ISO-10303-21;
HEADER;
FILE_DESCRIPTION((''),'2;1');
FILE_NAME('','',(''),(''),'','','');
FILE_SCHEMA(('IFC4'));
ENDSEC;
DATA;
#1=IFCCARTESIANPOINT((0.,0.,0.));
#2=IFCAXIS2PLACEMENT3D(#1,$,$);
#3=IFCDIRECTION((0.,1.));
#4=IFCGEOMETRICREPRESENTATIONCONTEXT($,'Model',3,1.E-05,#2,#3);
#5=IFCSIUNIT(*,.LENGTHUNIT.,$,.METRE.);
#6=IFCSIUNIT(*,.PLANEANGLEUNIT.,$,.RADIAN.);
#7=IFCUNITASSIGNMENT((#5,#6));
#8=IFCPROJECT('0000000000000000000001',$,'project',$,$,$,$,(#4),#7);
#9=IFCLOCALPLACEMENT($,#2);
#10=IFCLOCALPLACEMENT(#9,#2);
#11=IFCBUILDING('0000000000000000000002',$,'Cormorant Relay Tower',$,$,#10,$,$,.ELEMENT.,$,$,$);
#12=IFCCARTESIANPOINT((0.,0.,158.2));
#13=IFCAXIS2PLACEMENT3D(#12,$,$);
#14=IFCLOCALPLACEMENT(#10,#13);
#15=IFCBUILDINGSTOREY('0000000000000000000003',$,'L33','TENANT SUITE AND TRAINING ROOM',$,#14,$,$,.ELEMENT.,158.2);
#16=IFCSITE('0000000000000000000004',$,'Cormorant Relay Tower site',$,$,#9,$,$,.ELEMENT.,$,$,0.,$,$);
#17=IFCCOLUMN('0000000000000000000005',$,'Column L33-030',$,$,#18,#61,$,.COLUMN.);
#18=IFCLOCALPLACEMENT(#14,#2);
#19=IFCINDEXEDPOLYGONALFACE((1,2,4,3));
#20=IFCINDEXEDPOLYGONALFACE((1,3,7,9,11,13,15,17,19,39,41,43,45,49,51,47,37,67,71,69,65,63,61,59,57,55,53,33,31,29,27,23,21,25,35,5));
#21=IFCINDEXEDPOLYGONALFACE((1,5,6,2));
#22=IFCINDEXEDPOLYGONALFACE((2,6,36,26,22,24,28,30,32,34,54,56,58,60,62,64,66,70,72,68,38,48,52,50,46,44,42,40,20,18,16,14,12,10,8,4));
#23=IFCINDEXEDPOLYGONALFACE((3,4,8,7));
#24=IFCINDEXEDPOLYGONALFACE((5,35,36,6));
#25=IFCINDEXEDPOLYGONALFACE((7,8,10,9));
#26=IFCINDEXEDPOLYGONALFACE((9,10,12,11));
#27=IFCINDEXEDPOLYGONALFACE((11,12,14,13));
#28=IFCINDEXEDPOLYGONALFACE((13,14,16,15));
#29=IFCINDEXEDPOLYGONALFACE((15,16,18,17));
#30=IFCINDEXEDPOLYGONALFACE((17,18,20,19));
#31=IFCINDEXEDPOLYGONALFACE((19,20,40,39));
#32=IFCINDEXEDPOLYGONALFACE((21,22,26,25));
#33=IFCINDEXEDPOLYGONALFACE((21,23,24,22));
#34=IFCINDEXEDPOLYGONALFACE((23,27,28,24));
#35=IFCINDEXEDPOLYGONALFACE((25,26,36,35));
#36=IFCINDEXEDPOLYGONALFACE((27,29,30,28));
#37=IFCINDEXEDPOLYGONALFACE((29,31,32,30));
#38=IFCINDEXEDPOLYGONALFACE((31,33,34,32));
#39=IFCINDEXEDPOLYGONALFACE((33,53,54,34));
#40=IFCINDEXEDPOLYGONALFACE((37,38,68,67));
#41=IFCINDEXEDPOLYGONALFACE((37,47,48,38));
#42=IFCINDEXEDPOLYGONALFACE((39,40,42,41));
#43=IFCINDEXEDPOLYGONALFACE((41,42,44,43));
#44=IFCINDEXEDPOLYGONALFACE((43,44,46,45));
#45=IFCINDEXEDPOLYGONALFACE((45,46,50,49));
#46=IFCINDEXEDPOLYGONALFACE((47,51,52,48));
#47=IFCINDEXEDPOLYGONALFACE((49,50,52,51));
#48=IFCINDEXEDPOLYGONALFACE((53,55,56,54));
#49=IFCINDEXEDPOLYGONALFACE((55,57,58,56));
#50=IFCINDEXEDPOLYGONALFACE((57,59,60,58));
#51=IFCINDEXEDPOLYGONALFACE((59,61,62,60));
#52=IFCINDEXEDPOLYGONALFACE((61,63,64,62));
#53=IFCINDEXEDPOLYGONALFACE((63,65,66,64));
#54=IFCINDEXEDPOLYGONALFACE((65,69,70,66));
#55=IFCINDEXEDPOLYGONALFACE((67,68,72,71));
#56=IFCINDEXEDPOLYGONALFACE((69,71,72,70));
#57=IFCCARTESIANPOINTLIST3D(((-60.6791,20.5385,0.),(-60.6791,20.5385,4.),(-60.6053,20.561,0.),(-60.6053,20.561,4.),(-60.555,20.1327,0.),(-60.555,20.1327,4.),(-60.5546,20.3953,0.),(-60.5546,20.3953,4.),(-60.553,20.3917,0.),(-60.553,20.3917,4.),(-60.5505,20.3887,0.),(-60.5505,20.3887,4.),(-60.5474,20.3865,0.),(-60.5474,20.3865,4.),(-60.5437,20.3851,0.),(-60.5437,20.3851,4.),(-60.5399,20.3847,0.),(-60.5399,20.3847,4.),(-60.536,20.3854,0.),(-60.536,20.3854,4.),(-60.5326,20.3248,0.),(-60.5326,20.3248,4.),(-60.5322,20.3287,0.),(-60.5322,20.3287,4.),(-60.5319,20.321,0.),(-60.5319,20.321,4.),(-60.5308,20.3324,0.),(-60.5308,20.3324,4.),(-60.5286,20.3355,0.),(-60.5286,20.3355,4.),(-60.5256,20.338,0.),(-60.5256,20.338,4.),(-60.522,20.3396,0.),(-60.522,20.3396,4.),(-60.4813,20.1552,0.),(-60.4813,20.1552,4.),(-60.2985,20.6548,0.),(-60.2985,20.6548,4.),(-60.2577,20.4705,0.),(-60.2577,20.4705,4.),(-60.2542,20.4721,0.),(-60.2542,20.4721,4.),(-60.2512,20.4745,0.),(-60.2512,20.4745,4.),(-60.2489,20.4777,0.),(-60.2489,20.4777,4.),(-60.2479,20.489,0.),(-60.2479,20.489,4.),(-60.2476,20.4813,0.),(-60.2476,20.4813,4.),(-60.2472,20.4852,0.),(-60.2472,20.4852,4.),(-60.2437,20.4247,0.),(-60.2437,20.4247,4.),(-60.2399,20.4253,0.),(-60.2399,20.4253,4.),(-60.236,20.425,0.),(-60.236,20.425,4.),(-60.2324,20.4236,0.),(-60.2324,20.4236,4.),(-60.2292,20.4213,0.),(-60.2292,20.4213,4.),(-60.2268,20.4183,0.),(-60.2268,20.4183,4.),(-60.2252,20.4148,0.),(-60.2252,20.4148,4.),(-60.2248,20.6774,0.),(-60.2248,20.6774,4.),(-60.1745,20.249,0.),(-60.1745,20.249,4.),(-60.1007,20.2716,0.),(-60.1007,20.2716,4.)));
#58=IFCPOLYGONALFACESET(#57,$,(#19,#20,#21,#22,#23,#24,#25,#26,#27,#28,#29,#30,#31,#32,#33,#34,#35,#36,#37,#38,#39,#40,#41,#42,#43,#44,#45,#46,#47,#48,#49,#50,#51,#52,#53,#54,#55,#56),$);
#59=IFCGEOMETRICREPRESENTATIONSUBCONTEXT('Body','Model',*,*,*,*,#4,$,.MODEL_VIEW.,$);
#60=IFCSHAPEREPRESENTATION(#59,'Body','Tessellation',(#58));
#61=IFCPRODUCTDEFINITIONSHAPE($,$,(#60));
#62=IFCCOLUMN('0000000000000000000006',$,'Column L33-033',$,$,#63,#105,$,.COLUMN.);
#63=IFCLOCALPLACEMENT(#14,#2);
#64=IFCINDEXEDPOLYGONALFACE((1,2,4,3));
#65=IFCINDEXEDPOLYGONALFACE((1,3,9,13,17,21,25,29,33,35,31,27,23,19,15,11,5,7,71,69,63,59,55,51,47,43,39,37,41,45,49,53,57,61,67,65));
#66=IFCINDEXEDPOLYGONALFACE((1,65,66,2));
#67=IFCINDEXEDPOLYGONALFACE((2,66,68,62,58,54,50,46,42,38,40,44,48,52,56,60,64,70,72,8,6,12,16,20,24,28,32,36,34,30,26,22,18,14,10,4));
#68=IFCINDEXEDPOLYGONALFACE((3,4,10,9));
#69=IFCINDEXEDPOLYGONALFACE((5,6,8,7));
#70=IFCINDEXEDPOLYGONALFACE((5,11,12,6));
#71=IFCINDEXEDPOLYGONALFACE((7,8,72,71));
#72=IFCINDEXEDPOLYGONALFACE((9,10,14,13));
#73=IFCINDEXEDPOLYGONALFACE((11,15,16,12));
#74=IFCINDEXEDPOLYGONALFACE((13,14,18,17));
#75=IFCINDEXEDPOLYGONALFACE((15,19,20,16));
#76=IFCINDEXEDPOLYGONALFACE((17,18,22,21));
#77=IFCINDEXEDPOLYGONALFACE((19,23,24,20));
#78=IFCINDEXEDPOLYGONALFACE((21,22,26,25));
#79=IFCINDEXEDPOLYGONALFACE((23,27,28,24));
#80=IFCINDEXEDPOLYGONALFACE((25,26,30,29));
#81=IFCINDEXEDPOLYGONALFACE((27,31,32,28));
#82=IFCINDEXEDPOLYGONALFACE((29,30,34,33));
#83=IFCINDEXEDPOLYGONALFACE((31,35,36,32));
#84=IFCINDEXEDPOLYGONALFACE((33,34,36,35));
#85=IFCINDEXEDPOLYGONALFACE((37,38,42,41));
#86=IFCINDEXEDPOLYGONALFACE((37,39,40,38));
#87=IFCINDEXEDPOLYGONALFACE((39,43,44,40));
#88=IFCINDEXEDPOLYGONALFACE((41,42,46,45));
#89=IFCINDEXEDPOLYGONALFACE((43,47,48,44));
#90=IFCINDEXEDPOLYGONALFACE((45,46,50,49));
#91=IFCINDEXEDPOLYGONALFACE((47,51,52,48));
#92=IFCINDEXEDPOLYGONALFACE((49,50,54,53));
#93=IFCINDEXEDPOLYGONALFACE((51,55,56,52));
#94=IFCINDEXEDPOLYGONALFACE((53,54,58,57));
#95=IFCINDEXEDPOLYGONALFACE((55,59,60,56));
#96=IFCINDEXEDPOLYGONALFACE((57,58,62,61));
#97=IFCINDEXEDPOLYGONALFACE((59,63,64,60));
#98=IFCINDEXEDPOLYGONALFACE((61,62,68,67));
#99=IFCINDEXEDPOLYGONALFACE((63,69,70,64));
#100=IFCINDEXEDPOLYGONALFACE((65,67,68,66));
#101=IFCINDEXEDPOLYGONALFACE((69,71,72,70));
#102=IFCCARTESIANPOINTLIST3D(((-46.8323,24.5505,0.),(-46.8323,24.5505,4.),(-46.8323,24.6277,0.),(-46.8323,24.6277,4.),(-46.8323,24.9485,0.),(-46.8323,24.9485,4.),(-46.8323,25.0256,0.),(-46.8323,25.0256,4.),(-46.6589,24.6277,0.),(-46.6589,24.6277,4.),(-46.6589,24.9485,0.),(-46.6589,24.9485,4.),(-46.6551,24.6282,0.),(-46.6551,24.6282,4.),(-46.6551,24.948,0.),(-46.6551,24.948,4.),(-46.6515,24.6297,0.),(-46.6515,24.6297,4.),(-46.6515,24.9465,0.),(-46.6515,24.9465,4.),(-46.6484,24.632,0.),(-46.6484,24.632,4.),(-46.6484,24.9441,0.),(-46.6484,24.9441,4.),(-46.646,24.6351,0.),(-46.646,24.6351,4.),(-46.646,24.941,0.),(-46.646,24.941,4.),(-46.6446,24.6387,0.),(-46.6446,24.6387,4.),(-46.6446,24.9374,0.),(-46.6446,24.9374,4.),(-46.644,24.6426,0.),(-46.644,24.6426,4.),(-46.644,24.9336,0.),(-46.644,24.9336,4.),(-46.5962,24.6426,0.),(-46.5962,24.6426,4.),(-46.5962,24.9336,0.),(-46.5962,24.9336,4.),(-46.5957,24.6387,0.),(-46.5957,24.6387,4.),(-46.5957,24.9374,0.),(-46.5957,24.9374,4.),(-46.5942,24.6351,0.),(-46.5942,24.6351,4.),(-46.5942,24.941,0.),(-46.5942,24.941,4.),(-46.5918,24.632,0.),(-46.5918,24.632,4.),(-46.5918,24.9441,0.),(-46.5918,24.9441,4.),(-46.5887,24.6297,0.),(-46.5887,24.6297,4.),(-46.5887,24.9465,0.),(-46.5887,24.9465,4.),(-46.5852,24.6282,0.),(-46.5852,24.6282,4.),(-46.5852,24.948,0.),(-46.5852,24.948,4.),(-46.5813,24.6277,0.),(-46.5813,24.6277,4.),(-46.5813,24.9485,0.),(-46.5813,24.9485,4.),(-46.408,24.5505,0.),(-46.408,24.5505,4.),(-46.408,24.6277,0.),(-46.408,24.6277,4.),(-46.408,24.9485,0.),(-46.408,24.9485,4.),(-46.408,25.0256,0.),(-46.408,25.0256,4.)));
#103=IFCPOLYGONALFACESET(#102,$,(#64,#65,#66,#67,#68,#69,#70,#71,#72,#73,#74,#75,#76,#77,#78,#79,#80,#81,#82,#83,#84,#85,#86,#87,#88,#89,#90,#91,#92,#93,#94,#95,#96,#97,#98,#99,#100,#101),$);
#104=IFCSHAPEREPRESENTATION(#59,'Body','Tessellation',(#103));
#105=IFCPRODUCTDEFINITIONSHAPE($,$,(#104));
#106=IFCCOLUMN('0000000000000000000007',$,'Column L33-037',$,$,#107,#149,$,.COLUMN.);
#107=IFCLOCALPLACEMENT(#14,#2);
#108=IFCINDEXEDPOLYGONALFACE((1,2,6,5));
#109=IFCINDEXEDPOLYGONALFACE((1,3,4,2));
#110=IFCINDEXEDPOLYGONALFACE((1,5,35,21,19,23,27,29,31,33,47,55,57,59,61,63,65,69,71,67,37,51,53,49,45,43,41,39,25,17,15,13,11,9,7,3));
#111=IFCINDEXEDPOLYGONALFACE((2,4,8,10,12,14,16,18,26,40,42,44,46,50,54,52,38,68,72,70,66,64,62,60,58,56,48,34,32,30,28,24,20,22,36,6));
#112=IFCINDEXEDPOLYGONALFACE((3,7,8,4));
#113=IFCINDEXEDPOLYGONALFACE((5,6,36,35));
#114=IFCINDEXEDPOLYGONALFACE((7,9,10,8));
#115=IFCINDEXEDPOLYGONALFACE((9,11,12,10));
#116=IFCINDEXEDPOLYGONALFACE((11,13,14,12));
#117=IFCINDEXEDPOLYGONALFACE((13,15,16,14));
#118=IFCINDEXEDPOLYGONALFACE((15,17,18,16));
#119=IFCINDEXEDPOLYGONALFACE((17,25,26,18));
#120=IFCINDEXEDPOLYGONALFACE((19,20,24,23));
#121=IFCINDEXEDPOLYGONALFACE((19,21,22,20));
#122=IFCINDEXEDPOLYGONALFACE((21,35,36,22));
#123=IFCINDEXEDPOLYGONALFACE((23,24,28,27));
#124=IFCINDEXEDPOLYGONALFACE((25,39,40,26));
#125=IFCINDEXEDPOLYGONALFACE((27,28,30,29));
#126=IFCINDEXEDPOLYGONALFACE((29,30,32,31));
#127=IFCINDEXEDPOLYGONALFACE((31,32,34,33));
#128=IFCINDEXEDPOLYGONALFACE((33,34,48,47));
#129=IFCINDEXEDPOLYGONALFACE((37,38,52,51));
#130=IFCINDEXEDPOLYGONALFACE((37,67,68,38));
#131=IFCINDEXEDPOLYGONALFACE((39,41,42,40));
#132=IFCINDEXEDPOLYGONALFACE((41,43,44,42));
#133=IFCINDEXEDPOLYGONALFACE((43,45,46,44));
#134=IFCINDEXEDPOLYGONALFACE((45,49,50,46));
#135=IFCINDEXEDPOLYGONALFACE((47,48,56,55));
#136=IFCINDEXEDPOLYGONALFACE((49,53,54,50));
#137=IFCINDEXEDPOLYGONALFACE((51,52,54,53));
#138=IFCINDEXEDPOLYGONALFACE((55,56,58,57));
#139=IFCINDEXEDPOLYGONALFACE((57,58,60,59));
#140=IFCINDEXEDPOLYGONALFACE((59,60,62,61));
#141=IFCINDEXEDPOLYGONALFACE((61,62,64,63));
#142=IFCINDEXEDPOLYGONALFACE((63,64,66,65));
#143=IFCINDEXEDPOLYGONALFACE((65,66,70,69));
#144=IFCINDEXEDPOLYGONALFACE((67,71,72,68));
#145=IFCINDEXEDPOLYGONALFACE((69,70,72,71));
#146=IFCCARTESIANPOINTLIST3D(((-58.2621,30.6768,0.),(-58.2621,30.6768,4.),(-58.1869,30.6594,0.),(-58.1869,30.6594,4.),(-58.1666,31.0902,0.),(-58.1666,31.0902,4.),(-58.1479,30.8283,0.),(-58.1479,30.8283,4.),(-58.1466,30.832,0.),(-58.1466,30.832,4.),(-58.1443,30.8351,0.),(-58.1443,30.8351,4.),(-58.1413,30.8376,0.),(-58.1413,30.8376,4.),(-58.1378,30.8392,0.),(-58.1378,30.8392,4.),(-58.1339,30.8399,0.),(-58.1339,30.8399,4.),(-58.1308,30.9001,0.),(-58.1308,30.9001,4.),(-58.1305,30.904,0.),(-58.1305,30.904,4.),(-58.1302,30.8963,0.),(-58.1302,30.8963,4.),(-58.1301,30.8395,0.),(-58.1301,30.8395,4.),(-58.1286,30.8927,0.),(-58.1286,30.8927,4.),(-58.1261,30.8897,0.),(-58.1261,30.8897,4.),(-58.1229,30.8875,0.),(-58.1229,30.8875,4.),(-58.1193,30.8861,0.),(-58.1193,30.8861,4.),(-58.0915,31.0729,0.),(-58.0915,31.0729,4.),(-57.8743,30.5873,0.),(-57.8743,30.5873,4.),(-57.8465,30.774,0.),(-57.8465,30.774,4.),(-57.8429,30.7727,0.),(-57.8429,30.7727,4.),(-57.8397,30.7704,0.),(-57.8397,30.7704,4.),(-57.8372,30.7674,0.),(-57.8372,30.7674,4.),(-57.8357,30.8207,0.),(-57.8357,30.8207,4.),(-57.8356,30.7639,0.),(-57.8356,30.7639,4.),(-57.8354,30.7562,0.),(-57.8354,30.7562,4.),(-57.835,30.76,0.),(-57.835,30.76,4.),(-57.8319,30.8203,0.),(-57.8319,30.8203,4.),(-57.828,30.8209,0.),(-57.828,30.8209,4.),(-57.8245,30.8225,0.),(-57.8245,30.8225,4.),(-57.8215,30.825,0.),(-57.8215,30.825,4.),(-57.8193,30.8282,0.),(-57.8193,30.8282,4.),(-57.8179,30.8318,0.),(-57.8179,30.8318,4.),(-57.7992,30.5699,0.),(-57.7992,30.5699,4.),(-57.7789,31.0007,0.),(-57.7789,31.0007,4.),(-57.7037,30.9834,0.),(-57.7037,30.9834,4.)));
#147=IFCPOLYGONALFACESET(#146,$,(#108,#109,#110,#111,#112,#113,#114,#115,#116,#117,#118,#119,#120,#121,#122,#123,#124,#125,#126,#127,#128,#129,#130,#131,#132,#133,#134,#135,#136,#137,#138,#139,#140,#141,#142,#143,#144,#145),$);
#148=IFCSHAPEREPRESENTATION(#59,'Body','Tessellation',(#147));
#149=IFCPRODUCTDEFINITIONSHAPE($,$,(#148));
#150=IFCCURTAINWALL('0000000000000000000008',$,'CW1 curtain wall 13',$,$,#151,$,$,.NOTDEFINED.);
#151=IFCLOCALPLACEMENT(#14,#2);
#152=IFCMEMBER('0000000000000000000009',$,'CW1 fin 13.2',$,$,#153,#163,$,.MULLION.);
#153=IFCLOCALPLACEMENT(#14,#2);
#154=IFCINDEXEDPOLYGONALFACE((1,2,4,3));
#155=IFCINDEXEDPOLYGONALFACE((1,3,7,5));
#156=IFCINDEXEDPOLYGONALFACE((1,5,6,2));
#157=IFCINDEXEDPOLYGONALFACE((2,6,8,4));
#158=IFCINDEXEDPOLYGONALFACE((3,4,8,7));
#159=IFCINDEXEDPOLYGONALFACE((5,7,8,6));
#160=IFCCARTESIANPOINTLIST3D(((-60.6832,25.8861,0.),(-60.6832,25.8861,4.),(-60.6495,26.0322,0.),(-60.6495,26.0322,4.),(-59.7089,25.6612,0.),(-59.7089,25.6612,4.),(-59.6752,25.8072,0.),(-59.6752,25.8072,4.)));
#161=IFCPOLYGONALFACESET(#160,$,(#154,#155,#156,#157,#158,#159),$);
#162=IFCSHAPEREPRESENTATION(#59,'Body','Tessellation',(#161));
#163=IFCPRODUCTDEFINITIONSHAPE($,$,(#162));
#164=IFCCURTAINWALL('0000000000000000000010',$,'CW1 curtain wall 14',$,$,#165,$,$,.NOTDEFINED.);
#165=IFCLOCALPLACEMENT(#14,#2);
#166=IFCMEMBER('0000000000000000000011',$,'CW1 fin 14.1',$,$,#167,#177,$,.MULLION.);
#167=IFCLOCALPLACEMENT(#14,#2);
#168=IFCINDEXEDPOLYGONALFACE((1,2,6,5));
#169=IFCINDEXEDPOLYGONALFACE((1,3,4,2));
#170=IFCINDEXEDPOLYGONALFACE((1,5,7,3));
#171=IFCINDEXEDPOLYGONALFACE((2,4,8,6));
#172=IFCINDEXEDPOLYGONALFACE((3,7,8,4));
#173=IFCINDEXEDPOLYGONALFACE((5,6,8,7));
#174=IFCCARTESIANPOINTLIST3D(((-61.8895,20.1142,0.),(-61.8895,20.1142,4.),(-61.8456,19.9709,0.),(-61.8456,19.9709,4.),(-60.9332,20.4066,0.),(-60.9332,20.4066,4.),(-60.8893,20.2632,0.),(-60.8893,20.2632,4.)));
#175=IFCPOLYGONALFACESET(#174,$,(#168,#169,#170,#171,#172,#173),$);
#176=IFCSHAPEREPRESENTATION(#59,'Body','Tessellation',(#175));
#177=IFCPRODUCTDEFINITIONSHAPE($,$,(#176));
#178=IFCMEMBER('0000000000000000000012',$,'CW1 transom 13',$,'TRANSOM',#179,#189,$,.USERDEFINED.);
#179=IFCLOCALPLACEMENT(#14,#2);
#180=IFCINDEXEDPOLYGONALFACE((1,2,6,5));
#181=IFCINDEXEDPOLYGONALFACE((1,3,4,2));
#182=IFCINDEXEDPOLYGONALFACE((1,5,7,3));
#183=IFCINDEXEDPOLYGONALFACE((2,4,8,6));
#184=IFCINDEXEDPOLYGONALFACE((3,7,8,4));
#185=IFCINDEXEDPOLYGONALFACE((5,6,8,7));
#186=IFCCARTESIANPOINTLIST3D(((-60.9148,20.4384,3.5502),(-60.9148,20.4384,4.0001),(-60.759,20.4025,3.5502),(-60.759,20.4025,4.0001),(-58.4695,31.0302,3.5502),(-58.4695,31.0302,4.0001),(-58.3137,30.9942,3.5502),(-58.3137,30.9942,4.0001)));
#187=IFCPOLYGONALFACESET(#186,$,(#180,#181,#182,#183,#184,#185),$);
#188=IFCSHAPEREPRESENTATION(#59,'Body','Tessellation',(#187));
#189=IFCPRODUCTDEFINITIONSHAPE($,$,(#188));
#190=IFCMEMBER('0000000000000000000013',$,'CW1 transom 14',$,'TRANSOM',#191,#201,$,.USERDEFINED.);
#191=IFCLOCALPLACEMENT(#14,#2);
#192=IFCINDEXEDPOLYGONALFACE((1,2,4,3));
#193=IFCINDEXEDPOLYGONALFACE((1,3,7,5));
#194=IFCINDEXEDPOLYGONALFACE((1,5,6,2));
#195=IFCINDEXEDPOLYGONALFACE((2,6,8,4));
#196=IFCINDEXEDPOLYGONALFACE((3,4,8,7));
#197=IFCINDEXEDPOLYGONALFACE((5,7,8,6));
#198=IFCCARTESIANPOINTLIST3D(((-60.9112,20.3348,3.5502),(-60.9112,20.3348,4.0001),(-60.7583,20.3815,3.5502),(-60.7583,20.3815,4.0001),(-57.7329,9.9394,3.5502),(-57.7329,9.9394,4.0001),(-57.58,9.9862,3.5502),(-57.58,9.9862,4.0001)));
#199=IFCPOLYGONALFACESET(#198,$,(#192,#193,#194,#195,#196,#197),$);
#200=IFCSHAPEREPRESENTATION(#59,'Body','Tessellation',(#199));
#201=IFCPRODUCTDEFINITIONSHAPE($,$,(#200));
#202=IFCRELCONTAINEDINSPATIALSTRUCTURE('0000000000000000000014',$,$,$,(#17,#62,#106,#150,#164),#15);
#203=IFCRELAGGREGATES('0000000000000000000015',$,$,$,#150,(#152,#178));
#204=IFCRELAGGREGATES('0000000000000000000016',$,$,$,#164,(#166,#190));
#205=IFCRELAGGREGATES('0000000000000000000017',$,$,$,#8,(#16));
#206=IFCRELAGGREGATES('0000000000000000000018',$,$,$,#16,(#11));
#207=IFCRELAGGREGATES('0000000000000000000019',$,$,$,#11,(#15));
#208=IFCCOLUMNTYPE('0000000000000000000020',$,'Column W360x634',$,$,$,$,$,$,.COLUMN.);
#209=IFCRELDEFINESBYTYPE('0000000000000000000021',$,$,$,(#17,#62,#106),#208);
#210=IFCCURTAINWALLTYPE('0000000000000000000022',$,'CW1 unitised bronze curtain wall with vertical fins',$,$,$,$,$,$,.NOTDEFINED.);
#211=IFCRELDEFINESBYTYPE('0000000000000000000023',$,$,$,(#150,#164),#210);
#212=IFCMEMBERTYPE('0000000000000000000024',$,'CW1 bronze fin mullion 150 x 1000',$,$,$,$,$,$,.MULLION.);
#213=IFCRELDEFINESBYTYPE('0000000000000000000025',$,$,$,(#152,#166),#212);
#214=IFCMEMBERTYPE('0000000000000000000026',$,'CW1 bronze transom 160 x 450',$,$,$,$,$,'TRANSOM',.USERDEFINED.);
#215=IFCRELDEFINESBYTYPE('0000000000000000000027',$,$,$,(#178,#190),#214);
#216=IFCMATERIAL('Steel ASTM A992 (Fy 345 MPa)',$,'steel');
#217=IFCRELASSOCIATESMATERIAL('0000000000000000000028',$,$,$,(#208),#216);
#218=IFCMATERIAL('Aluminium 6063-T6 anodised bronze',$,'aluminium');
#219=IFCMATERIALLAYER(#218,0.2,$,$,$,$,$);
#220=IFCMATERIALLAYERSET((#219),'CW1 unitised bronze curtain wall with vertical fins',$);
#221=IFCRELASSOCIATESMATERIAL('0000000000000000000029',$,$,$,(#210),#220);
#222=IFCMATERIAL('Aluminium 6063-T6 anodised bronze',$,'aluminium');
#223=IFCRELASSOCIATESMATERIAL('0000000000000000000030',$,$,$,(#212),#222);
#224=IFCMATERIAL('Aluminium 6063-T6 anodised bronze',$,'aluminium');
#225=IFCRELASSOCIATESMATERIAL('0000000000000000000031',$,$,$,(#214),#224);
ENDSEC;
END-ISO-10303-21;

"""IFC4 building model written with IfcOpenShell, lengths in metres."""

from ifc_helpers import new_model, si_unit, direction, frame, origin, origin_2d, place, context, subcontext, project, spatial, rectangle, i_section, extrude, material, layer, layer_set, material_profile, profile_set, type_object, element, aggregate, save


model = new_model("IFC4")

# Units and contexts
model_context = context("Model", 3, precision=1e-05, world=origin(), true_north=direction((0.0, 1.0)))
body_context = subcontext(model_context, "Body", "Model", "MODEL_VIEW")
ifc_project = project(units=[si_unit("LENGTHUNIT", "METRE"), si_unit("PLANEANGLEUNIT", "RADIAN")], contexts=[model_context])

# Site, building, storey
site_placement = place(None, origin())
site = spatial("IfcSite", under=ifc_project, at=site_placement, Name="Cormorant Relay Tower site", CompositionType="ELEMENT", RefElevation=0.0)
building_placement = place(site_placement, origin())
building = spatial("IfcBuilding", under=site, at=building_placement, Name="Cormorant Relay Tower", CompositionType="ELEMENT")
storey_placement = place(building_placement, frame((0.0, 0.0, 158.2)))
storey = spatial("IfcBuildingStorey", under=building, at=storey_placement, Name="L33", Description="TENANT SUITE AND TRAINING ROOM", CompositionType="ELEMENT", Elevation=158.2)

# Columns
ifc_material_1 = material(Name="Steel ASTM A992 (Fy 345 MPa)", Category="steel")
ifc_material_profile_1 = material_profile(ifc_material_1, i_section(OverallWidth=0.4243, OverallDepth=0.4751, WebThickness=0.0479, FlangeThickness=0.0771, FilletRadius=0.0149, at=origin_2d()), Name="W360x634")
ifc_profile_set_1 = profile_set([ifc_material_profile_1], Name="Steel ASTM A992 (Fy 345 MPa)")
column_type = type_object("IfcColumnType", Name="Column W360x634", PredefinedType="COLUMN", material=ifc_profile_set_1)
for number, where, z_axis, x_axis, name in (
    (1, (-60.3899, 20.405, 0.0), (0.0, 0.0, 1.0), (0.292372, -0.956305, 0.0), "Column L33-030"),
    (2, (-46.6201, 24.7881, 0.0), (0.0, 0.0, 1.0), (1.0, 0.0, 0.0), "Column L33-033"),
    (3, (-57.9829, 30.8301, 0.0), (0.0, 0.0, 1.0), (-0.224951, -0.97437, 0.0), "Column L33-037"),
):
    element("IfcColumn", number, at=place(storey_placement, frame(where, z_axis=z_axis, x_axis=x_axis)), inside=storey, type_object=column_type, Name=name, PredefinedType="COLUMN", context=body_context, shape_type="SweptSolid", body=[
        extrude(i_section(OverallWidth=0.4243, OverallDepth=0.4751, WebThickness=0.0479, FlangeThickness=0.0771, FilletRadius=0.0149, at=origin_2d()), origin(), (0.0, 0.0, 1.0), 4.0),
    ])

# Curtain walls, members
ifc_material_2 = material(Name="Aluminium 6063-T6 anodised bronze", Category="aluminium")
ifc_layer_1 = layer(ifc_material_2, 0.2)
ifc_layer_set_1 = layer_set([ifc_layer_1], Name="CW1 unitised bronze curtain wall with vertical fins")
curtain_wall_type = type_object("IfcCurtainWallType", Name="CW1 unitised bronze curtain wall with vertical fins", PredefinedType="NOTDEFINED", material=ifc_layer_set_1)
curtain_wall_1_placement = place(storey_placement, origin())
curtain_wall_1 = element("IfcCurtainWall", 4, at=curtain_wall_1_placement, inside=storey, type_object=curtain_wall_type, Name="CW1 curtain wall 13", PredefinedType="NOTDEFINED")
ifc_material_3 = material(Name="Aluminium 6063-T6 anodised bronze", Category="aluminium")
ifc_material_profile_2 = material_profile(ifc_material_3, rectangle(XDim=0.1499, YDim=1.0, at=origin_2d()), Name="AL 150x1000")
ifc_profile_set_2 = profile_set([ifc_material_profile_2], Name="Aluminium 6063-T6 anodised bronze")
member_type_1 = type_object("IfcMemberType", Name="CW1 bronze fin mullion 150 x 1000", PredefinedType="MULLION", material=ifc_profile_set_2)
member_1_placement = place(storey_placement, frame((-60.1792, 25.8467, 0.0), z_axis=(0.0, 0.0, 1.0), x_axis=(-0.224951, -0.97437, 0.0)))
member_1 = element("IfcMember", 5, at=member_1_placement, type_object=member_type_1, Name="CW1 fin 13.2", PredefinedType="MULLION", context=body_context, shape_type="SweptSolid", body=[
    extrude(rectangle(XDim=0.1499, YDim=1.0, at=origin_2d()), origin(), (0.0, 0.0, 1.0), 4.0),
])
curtain_wall_2_placement = place(storey_placement, origin())
curtain_wall_2 = element("IfcCurtainWall", 6, at=curtain_wall_2_placement, inside=storey, type_object=curtain_wall_type, Name="CW1 curtain wall 14", PredefinedType="NOTDEFINED")
member_2_placement = place(storey_placement, frame((-61.3894, 20.1887, 0.0), z_axis=(0.0, 0.0, 1.0), x_axis=(0.292372, -0.956305, 0.0)))
member_2 = element("IfcMember", 7, at=member_2_placement, type_object=member_type_1, Name="CW1 fin 14.1", PredefinedType="MULLION", context=body_context, shape_type="SweptSolid", body=[
    extrude(rectangle(XDim=0.1499, YDim=1.0, at=origin_2d()), origin(), (0.0, 0.0, 1.0), 4.0),
])

# Members
ifc_material_4 = material(Name="Aluminium 6063-T6 anodised bronze", Category="aluminium")
ifc_material_profile_3 = material_profile(ifc_material_4, rectangle(XDim=0.1599, YDim=0.45, at=origin_2d()), Name="AL 160x450")
ifc_profile_set_3 = profile_set([ifc_material_profile_3], Name="Aluminium 6063-T6 anodised bronze")
member_type_2 = type_object("IfcMemberType", Name="CW1 bronze transom 160 x 450", ElementType="TRANSOM", PredefinedType="USERDEFINED", material=ifc_profile_set_3)
member_3_placement = place(storey_placement, frame((-58.3916, 31.0122, 3.7751), z_axis=(-0.224951, -0.97437, 0.0), x_axis=(0.97437, -0.224951, 0.0)))
member_3 = element("IfcMember", 8, at=member_3_placement, type_object=member_type_2, Name="CW1 transom 13", ObjectType="TRANSOM", PredefinedType="USERDEFINED", context=body_context, shape_type="SweptSolid", body=[
    extrude(rectangle(XDim=0.1599, YDim=0.45, at=origin_2d()), origin(), (0.0, 0.0, 1.0), 10.8704),
])
member_4_placement = place(storey_placement, frame((-60.8347, 20.3582, 3.7751), z_axis=(0.292378, -0.956303, 0.0), x_axis=(0.956303, 0.292378, 0.0)))
member_4 = element("IfcMember", 9, at=member_4_placement, type_object=member_type_2, Name="CW1 transom 14", ObjectType="TRANSOM", PredefinedType="USERDEFINED", context=body_context, shape_type="SweptSolid", body=[
    extrude(rectangle(XDim=0.1599, YDim=0.45, at=origin_2d()), origin(), (0.0, 0.0, 1.0), 10.8704),
])

aggregate(curtain_wall_1, [member_1, member_3])
aggregate(curtain_wall_2, [member_2, member_4])

save(model, "model.ifc")
